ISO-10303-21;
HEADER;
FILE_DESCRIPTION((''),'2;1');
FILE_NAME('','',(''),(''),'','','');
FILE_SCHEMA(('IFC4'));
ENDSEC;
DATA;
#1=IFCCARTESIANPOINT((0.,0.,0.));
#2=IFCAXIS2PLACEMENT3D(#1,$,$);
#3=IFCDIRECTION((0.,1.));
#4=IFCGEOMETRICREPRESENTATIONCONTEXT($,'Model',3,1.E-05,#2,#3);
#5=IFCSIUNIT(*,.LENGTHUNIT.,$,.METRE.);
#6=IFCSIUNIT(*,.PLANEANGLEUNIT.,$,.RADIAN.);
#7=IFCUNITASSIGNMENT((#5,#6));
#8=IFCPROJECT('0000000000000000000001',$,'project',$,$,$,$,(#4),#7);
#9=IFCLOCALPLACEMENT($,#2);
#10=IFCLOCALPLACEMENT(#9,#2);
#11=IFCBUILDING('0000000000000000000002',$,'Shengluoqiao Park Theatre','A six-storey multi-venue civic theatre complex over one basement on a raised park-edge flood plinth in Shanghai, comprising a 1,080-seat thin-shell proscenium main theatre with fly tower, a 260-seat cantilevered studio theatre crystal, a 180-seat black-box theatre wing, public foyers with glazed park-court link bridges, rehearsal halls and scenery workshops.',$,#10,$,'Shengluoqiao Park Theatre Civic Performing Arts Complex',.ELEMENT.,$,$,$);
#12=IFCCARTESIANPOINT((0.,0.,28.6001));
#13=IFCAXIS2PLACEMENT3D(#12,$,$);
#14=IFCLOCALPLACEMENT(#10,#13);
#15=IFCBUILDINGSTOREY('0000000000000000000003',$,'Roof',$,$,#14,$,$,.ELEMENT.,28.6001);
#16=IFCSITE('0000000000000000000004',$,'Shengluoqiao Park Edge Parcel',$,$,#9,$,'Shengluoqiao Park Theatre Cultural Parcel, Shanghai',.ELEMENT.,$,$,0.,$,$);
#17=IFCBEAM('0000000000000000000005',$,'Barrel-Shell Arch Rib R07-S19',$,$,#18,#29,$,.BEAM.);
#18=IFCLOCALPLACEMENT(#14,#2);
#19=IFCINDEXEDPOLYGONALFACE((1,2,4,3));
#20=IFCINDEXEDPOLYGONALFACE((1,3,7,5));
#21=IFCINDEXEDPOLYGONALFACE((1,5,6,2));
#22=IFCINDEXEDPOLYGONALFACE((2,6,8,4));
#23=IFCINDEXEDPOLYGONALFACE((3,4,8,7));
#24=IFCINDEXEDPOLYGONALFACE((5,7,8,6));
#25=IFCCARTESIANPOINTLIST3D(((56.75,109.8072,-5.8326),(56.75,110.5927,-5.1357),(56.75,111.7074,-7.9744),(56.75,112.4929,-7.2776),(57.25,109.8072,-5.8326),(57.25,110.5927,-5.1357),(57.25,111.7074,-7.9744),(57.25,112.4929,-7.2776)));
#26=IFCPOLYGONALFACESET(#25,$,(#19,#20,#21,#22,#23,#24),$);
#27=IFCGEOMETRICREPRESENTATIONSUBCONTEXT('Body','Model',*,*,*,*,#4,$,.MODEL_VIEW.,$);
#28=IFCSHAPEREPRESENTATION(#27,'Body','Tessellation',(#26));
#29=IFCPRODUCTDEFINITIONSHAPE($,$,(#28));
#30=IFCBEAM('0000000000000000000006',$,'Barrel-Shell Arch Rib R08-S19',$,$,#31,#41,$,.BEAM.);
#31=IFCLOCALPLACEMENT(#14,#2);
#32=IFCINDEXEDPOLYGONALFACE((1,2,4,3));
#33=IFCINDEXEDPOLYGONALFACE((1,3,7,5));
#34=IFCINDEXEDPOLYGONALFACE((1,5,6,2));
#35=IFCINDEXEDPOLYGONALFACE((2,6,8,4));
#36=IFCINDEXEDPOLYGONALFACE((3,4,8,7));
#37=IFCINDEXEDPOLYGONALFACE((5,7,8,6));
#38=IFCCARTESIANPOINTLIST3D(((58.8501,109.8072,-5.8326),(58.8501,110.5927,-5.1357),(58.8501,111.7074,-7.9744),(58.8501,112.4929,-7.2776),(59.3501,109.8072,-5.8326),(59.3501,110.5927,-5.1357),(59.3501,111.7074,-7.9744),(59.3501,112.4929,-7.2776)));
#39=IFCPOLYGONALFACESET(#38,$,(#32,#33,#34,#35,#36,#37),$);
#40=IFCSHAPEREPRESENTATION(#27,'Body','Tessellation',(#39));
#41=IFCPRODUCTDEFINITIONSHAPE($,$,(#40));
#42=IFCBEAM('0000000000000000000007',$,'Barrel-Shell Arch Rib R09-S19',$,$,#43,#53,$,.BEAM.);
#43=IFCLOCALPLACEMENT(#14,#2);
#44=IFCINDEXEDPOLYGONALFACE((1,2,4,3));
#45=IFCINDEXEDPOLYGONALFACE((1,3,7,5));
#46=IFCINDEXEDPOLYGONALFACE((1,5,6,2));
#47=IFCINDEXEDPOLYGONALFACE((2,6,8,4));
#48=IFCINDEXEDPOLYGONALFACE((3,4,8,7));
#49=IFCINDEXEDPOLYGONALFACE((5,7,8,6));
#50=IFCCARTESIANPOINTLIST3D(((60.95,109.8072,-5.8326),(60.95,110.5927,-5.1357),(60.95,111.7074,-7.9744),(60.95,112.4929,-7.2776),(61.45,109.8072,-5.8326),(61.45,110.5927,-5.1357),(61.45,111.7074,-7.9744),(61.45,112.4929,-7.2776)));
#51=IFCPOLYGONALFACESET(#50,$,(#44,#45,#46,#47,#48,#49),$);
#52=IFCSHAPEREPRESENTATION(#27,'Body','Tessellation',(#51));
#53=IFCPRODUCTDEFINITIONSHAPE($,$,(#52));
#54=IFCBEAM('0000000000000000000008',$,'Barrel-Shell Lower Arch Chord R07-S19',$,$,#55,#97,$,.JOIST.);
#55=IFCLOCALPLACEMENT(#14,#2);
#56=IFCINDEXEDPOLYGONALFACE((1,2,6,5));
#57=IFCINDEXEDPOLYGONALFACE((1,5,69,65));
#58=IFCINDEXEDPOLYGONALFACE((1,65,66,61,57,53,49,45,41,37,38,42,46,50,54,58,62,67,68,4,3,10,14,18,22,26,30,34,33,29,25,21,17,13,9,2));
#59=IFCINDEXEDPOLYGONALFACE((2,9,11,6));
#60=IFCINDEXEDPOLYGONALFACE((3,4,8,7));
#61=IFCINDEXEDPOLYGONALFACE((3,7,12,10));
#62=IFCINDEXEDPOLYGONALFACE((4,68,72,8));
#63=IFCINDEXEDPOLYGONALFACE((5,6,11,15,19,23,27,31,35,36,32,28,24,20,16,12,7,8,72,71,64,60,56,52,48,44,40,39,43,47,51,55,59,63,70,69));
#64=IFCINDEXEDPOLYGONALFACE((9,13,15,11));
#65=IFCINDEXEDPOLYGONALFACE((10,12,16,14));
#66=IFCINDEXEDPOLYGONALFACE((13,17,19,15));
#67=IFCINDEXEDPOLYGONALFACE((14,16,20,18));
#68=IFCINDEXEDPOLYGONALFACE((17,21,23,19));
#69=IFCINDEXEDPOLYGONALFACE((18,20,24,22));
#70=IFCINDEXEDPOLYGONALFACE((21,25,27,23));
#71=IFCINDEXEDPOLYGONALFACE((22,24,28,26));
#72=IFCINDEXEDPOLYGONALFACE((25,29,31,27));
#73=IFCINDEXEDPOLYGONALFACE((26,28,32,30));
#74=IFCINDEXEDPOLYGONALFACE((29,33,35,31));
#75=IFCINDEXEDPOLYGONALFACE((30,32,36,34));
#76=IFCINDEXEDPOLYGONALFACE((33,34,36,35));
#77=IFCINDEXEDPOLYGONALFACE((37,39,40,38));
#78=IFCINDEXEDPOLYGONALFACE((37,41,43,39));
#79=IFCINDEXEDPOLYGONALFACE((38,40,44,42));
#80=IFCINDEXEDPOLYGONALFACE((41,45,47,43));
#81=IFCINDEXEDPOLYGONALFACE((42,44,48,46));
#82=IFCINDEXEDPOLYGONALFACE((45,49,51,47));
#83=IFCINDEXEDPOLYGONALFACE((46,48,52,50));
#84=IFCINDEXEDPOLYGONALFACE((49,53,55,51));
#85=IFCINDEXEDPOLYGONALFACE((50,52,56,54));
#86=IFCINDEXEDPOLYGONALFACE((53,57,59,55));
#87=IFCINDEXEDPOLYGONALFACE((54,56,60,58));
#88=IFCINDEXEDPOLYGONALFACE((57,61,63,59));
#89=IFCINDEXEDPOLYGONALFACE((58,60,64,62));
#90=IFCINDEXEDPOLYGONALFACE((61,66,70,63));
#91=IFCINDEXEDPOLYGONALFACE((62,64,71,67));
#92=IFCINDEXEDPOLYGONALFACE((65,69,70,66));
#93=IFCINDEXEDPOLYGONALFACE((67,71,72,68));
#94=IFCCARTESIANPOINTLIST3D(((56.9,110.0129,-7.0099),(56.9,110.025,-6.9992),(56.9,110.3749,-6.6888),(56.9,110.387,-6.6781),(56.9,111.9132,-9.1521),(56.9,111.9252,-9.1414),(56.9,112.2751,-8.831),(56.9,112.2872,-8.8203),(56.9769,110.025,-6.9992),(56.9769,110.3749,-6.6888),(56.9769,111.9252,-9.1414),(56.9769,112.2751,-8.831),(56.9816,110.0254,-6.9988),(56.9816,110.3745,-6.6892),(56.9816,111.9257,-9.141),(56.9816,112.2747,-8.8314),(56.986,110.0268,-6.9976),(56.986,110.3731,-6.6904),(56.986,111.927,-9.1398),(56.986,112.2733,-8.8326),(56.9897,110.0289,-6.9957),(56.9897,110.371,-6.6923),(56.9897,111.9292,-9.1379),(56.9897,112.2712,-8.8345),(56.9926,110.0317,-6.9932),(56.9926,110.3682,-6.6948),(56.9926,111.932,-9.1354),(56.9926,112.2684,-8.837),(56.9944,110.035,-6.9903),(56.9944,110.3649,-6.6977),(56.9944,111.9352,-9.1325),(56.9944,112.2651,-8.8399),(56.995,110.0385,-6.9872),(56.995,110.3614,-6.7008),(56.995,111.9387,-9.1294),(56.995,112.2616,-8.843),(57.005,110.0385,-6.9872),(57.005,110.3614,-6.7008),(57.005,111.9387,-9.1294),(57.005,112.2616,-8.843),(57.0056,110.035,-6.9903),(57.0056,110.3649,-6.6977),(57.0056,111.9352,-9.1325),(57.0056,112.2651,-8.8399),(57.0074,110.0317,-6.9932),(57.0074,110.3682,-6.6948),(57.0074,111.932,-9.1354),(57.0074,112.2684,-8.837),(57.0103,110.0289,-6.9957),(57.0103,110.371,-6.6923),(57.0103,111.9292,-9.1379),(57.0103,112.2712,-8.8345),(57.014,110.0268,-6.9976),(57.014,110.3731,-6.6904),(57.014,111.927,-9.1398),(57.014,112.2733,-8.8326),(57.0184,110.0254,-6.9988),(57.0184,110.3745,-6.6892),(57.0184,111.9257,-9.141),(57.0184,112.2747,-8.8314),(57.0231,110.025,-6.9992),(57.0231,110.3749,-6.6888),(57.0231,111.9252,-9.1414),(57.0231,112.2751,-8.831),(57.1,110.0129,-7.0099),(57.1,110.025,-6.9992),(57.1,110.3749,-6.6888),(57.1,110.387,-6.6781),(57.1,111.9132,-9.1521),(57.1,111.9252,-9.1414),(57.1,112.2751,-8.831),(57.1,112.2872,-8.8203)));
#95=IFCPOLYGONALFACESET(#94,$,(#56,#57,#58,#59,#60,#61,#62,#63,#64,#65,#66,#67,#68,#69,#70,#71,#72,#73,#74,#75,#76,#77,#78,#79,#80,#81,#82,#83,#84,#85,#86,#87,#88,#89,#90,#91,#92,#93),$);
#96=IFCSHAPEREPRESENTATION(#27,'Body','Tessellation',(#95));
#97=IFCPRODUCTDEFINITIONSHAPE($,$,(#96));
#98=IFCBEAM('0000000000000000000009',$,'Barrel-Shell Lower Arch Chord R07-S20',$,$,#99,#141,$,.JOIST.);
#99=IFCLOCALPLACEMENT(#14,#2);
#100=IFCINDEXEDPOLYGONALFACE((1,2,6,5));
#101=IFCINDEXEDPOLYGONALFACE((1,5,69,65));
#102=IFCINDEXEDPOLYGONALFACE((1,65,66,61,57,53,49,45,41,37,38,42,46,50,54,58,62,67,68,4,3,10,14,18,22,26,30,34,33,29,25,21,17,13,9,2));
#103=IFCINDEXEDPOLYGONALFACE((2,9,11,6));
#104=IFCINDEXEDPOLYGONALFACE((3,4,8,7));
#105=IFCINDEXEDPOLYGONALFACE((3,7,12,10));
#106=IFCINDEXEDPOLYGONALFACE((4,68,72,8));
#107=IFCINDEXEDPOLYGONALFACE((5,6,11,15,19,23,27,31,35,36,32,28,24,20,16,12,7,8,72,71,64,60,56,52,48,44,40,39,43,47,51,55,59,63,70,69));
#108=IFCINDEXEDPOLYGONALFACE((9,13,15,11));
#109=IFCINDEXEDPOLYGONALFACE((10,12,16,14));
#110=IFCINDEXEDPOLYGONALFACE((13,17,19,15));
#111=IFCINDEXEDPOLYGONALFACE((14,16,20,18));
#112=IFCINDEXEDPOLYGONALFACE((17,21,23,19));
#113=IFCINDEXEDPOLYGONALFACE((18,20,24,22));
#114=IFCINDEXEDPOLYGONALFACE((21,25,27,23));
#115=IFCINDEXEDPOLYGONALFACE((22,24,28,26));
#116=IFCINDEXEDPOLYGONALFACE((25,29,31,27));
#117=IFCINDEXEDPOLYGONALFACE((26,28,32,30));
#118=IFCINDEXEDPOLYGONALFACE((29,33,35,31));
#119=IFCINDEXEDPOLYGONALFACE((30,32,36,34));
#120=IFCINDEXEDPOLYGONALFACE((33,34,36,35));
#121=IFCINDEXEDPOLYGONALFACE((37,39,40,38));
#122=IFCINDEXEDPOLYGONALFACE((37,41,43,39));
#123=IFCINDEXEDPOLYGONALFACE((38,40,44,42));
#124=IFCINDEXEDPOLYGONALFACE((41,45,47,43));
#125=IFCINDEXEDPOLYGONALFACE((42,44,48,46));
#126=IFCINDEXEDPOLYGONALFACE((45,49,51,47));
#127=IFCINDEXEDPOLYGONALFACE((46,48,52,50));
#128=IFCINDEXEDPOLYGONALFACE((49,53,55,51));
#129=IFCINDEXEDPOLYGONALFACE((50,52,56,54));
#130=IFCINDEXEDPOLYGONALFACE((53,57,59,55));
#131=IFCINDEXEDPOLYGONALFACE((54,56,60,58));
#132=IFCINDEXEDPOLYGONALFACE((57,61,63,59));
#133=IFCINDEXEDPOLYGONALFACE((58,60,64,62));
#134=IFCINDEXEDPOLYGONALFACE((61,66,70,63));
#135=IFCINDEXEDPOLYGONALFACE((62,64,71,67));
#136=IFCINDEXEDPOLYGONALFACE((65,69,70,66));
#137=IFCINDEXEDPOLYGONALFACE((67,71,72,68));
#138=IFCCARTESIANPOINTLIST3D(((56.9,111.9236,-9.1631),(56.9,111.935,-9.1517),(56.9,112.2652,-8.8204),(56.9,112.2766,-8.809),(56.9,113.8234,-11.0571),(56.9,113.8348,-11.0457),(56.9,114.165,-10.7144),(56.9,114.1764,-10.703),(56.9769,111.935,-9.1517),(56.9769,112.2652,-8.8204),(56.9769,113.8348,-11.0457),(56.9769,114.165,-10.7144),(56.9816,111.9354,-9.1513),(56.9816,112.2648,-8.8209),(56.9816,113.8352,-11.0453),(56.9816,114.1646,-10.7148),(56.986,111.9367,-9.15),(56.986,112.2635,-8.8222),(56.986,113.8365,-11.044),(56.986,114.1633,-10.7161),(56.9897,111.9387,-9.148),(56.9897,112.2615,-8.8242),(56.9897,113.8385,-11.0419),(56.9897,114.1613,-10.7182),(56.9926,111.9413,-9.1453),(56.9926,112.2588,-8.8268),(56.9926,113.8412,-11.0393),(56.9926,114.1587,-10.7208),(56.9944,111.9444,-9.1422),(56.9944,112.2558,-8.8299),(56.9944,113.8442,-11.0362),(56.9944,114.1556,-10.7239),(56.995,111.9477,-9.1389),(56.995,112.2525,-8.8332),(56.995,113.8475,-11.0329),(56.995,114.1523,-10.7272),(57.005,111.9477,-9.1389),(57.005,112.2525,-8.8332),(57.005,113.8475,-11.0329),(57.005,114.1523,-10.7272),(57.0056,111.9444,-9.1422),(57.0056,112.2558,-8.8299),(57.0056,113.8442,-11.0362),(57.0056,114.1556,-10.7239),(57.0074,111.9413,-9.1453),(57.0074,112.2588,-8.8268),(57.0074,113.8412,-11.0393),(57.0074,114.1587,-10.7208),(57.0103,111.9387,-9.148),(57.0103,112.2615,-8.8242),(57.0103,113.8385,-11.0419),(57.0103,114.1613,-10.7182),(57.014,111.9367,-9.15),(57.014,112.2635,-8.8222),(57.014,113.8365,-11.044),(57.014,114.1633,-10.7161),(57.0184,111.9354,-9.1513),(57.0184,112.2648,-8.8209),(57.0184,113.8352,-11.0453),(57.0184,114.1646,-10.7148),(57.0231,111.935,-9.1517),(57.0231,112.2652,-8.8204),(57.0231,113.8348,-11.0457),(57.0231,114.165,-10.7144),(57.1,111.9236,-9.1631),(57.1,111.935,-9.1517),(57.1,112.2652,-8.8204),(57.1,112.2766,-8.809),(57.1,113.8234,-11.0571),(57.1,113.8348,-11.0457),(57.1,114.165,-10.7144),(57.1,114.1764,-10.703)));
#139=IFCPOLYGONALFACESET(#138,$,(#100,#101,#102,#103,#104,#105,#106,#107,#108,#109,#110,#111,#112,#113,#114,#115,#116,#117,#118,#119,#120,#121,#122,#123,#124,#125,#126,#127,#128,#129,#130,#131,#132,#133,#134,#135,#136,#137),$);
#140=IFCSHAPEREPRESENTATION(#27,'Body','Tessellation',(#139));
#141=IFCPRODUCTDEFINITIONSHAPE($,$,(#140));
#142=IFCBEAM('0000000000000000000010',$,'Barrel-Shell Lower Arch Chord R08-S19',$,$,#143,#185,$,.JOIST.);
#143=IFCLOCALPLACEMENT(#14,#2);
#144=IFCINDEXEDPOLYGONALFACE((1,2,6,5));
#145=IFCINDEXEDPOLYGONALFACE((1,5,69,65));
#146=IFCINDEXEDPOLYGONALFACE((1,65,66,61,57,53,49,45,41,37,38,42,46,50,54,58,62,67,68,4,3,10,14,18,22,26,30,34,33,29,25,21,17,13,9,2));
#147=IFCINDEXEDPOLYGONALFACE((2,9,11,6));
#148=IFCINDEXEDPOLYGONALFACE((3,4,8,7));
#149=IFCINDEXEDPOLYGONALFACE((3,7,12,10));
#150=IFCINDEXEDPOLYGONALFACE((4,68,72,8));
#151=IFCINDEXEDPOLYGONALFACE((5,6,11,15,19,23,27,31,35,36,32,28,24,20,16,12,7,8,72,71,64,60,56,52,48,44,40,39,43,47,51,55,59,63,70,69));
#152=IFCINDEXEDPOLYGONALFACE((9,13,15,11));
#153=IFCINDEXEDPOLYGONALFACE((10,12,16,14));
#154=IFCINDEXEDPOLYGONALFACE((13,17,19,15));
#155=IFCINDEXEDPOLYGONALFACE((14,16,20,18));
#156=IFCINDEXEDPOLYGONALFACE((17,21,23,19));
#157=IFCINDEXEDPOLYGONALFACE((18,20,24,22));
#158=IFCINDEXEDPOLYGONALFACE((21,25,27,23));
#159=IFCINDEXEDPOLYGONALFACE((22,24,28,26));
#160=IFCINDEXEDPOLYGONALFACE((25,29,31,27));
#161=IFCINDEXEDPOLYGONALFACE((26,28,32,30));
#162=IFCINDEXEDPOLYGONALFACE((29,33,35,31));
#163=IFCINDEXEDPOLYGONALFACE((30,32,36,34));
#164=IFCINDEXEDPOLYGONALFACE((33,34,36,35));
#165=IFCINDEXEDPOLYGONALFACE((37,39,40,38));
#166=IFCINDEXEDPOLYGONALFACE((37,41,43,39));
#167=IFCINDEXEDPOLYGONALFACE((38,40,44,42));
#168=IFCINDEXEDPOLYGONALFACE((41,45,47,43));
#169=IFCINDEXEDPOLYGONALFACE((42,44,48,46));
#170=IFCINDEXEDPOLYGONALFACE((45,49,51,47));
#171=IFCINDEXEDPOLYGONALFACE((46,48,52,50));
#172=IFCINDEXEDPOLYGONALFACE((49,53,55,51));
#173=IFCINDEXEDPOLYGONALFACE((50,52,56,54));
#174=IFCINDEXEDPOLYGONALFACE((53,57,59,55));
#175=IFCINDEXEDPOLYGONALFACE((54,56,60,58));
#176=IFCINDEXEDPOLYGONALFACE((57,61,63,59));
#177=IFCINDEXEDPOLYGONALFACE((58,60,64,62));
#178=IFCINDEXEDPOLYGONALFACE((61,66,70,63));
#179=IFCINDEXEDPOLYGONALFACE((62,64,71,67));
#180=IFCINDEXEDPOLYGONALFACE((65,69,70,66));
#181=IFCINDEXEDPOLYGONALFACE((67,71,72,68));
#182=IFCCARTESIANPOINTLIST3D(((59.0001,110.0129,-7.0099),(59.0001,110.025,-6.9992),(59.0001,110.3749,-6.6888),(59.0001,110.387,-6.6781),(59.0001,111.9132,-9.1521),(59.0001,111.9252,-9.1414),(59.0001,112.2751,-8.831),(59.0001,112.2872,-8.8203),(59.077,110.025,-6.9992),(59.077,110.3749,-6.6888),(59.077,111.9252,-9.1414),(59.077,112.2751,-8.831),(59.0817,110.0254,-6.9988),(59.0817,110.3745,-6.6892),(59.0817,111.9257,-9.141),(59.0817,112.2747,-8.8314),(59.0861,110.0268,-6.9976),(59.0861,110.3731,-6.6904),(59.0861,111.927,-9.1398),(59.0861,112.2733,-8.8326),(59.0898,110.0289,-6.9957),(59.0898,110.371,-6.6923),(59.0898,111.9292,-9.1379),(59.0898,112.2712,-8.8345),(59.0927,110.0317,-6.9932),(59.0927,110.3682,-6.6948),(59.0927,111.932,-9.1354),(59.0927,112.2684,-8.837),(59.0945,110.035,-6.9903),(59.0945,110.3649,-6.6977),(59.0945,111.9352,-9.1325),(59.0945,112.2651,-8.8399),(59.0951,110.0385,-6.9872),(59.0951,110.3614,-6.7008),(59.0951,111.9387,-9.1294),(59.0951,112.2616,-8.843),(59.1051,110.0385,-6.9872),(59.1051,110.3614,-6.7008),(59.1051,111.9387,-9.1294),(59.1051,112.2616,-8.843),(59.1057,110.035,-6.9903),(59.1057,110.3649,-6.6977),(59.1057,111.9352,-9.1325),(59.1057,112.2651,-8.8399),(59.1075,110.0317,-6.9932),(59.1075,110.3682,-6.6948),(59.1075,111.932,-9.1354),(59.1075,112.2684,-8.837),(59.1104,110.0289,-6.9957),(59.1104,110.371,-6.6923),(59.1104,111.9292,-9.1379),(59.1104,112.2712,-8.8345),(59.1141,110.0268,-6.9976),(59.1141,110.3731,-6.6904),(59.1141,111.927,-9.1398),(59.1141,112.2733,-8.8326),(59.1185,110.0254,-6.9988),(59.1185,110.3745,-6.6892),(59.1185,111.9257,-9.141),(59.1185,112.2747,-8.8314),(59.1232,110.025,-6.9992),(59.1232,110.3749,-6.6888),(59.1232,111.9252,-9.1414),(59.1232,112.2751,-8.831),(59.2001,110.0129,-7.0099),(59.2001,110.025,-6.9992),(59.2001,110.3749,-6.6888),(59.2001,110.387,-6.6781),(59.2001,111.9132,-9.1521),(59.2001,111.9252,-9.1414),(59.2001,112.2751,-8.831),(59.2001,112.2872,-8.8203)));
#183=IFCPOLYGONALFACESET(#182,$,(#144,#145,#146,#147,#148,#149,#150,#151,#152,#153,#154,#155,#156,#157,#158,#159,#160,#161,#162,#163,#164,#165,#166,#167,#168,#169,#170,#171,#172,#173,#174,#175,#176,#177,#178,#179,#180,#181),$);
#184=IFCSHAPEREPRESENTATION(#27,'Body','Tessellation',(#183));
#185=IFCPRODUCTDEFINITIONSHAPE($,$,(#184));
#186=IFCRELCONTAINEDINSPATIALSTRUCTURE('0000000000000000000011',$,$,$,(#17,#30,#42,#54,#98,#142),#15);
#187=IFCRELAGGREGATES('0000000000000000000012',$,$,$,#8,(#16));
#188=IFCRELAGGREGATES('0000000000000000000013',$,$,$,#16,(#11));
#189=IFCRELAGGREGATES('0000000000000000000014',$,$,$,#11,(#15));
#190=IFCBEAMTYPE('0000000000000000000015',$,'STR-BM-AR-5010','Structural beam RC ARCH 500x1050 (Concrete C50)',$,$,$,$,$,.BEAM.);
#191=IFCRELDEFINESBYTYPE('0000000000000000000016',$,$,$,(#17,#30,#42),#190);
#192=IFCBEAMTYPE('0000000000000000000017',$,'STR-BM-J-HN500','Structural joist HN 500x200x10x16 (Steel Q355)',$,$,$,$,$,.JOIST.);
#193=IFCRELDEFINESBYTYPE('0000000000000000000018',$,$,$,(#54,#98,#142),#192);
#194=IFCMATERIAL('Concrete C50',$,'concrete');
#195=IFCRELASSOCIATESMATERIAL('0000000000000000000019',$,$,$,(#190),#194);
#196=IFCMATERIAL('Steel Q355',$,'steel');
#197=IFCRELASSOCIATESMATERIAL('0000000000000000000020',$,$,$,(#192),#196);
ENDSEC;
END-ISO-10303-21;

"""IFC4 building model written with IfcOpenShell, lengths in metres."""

from ifc_helpers import new_model, si_unit, direction, frame, origin, origin_2d, place, context, subcontext, project, spatial, rectangle, i_section, extrude, material, material_profile, profile_set, type_object, element, save


model = new_model("IFC4")

# Units and contexts
model_context = context("Model", 3, precision=1e-05, world=origin(), true_north=direction((0.0, 1.0)))
body_context = subcontext(model_context, "Body", "Model", "MODEL_VIEW")
ifc_project = project(units=[si_unit("LENGTHUNIT", "METRE"), si_unit("PLANEANGLEUNIT", "RADIAN")], contexts=[model_context])

# Site, building, storey
site_placement = place(None, origin())
site = spatial("IfcSite", under=ifc_project, at=site_placement, Name="Shengluoqiao Park Edge Parcel", LongName="Shengluoqiao Park Theatre Cultural Parcel, Shanghai", CompositionType="ELEMENT", RefElevation=0.0)
building_placement = place(site_placement, origin())
building = spatial("IfcBuilding", under=site, at=building_placement, Name="Shengluoqiao Park Theatre", Description="A six-storey multi-venue civic theatre complex over one basement on a raised park-edge flood plinth in Shanghai, comprising a 1,080-seat thin-shell proscenium main theatre with fly tower, a 260-seat cantilevered studio theatre crystal, a 180-seat black-box theatre wing, public foyers with glazed park-court link bridges, rehearsal halls and scenery workshops.", LongName="Shengluoqiao Park Theatre Civic Performing Arts Complex", CompositionType="ELEMENT")
storey_placement = place(building_placement, frame((0.0, 0.0, 28.6001)))
storey = spatial("IfcBuildingStorey", under=building, at=storey_placement, Name="Roof", CompositionType="ELEMENT", Elevation=28.6001)

# Beams
ifc_material_1 = material(Name="Concrete C50", Category="concrete")
ifc_material_profile_1 = material_profile(ifc_material_1, rectangle(XDim=0.5, YDim=1.05, at=origin_2d()), Name="RC ARCH 500x1050")
ifc_profile_set_1 = profile_set([ifc_material_profile_1], Name="Concrete C50")
beam_type_1 = type_object("IfcBeamType", Name="STR-BM-AR-5010", Description="Structural beam RC ARCH 500x1050 (Concrete C50)", PredefinedType="BEAM", material=ifc_profile_set_1)
for number, where, z_axis, x_axis, name in (
    (1, (57.0, 110.2, -5.4841), (0.0, 0.663638, -0.748053), (-1.0, 0.0, 0.0), "Barrel-Shell Arch Rib R07-S19"),
    (2, (59.1001, 110.2, -5.4841), (0.0, 0.663638, -0.748053), (-1.0, 0.0, 0.0), "Barrel-Shell Arch Rib R08-S19"),
    (3, (61.2, 110.2, -5.4841), (0.0, 0.663638, -0.748053), (-1.0, 0.0, 0.0), "Barrel-Shell Arch Rib R09-S19"),
):
    element("IfcBeam", number, at=place(storey_placement, frame(where, z_axis=z_axis, x_axis=x_axis)), inside=storey, type_object=beam_type_1, Name=name, PredefinedType="BEAM", context=body_context, shape_type="SweptSolid", body=[
        extrude(rectangle(XDim=0.5, YDim=1.05, at=origin_2d()), origin(), (0.0, 0.0, 1.0), 2.8633),
    ])
ifc_material_2 = material(Name="Steel Q355", Category="steel")
ifc_material_profile_2 = material_profile(ifc_material_2, i_section(OverallWidth=0.2, OverallDepth=0.5, WebThickness=0.01, FlangeThickness=0.0161, FilletRadius=0.0181, at=origin_2d()), Name="HN 500x200x10x16")
ifc_profile_set_2 = profile_set([ifc_material_profile_2], Name="Steel Q355")
beam_type_2 = type_object("IfcBeamType", Name="STR-BM-J-HN500", Description="Structural joist HN 500x200x10x16 (Steel Q355)", PredefinedType="JOIST", material=ifc_profile_set_2)
beam_1_placement = place(storey_placement, frame((57.0, 110.2, -6.844), z_axis=(0.0, 0.663596, -0.748091), x_axis=(-1.0, 0.0, 0.0)))
element("IfcBeam", 4, at=beam_1_placement, inside=storey, type_object=beam_type_2, Name="Barrel-Shell Lower Arch Chord R07-S19", PredefinedType="JOIST", context=body_context, shape_type="SweptSolid", body=[
    extrude(i_section(OverallWidth=0.2, OverallDepth=0.5, WebThickness=0.01, FlangeThickness=0.0161, FilletRadius=0.0181, at=origin_2d()), origin(), (0.0, 0.0, 1.0), 2.8635),
])
beam_2_placement = place(storey_placement, frame((57.0, 112.1001, -8.9861), z_axis=(0.0, 0.708198, -0.706014), x_axis=(-1.0, 0.0, 0.0)))
element("IfcBeam", 5, at=beam_2_placement, inside=storey, type_object=beam_type_2, Name="Barrel-Shell Lower Arch Chord R07-S20", PredefinedType="JOIST", context=body_context, shape_type="SweptSolid", body=[
    extrude(i_section(OverallWidth=0.2, OverallDepth=0.5, WebThickness=0.01, FlangeThickness=0.0161, FilletRadius=0.0181, at=origin_2d()), origin(), (0.0, 0.0, 1.0), 2.6826),
])
for number, where, z_axis, x_axis, name in (
    (6, (59.1001, 110.2, -6.844), (0.0, 0.663596, -0.748091), (-1.0, 0.0, 0.0), "Barrel-Shell Lower Arch Chord R08-S19"),
):
    element("IfcBeam", number, at=place(storey_placement, frame(where, z_axis=z_axis, x_axis=x_axis)), inside=storey, type_object=beam_type_2, Name=name, PredefinedType="JOIST", context=body_context, shape_type="SweptSolid", body=[
        extrude(i_section(OverallWidth=0.2, OverallDepth=0.5, WebThickness=0.01, FlangeThickness=0.0161, FilletRadius=0.0181, at=origin_2d()), origin(), (0.0, 0.0, 1.0), 2.8635),
    ])

save(model, "model.ifc")
